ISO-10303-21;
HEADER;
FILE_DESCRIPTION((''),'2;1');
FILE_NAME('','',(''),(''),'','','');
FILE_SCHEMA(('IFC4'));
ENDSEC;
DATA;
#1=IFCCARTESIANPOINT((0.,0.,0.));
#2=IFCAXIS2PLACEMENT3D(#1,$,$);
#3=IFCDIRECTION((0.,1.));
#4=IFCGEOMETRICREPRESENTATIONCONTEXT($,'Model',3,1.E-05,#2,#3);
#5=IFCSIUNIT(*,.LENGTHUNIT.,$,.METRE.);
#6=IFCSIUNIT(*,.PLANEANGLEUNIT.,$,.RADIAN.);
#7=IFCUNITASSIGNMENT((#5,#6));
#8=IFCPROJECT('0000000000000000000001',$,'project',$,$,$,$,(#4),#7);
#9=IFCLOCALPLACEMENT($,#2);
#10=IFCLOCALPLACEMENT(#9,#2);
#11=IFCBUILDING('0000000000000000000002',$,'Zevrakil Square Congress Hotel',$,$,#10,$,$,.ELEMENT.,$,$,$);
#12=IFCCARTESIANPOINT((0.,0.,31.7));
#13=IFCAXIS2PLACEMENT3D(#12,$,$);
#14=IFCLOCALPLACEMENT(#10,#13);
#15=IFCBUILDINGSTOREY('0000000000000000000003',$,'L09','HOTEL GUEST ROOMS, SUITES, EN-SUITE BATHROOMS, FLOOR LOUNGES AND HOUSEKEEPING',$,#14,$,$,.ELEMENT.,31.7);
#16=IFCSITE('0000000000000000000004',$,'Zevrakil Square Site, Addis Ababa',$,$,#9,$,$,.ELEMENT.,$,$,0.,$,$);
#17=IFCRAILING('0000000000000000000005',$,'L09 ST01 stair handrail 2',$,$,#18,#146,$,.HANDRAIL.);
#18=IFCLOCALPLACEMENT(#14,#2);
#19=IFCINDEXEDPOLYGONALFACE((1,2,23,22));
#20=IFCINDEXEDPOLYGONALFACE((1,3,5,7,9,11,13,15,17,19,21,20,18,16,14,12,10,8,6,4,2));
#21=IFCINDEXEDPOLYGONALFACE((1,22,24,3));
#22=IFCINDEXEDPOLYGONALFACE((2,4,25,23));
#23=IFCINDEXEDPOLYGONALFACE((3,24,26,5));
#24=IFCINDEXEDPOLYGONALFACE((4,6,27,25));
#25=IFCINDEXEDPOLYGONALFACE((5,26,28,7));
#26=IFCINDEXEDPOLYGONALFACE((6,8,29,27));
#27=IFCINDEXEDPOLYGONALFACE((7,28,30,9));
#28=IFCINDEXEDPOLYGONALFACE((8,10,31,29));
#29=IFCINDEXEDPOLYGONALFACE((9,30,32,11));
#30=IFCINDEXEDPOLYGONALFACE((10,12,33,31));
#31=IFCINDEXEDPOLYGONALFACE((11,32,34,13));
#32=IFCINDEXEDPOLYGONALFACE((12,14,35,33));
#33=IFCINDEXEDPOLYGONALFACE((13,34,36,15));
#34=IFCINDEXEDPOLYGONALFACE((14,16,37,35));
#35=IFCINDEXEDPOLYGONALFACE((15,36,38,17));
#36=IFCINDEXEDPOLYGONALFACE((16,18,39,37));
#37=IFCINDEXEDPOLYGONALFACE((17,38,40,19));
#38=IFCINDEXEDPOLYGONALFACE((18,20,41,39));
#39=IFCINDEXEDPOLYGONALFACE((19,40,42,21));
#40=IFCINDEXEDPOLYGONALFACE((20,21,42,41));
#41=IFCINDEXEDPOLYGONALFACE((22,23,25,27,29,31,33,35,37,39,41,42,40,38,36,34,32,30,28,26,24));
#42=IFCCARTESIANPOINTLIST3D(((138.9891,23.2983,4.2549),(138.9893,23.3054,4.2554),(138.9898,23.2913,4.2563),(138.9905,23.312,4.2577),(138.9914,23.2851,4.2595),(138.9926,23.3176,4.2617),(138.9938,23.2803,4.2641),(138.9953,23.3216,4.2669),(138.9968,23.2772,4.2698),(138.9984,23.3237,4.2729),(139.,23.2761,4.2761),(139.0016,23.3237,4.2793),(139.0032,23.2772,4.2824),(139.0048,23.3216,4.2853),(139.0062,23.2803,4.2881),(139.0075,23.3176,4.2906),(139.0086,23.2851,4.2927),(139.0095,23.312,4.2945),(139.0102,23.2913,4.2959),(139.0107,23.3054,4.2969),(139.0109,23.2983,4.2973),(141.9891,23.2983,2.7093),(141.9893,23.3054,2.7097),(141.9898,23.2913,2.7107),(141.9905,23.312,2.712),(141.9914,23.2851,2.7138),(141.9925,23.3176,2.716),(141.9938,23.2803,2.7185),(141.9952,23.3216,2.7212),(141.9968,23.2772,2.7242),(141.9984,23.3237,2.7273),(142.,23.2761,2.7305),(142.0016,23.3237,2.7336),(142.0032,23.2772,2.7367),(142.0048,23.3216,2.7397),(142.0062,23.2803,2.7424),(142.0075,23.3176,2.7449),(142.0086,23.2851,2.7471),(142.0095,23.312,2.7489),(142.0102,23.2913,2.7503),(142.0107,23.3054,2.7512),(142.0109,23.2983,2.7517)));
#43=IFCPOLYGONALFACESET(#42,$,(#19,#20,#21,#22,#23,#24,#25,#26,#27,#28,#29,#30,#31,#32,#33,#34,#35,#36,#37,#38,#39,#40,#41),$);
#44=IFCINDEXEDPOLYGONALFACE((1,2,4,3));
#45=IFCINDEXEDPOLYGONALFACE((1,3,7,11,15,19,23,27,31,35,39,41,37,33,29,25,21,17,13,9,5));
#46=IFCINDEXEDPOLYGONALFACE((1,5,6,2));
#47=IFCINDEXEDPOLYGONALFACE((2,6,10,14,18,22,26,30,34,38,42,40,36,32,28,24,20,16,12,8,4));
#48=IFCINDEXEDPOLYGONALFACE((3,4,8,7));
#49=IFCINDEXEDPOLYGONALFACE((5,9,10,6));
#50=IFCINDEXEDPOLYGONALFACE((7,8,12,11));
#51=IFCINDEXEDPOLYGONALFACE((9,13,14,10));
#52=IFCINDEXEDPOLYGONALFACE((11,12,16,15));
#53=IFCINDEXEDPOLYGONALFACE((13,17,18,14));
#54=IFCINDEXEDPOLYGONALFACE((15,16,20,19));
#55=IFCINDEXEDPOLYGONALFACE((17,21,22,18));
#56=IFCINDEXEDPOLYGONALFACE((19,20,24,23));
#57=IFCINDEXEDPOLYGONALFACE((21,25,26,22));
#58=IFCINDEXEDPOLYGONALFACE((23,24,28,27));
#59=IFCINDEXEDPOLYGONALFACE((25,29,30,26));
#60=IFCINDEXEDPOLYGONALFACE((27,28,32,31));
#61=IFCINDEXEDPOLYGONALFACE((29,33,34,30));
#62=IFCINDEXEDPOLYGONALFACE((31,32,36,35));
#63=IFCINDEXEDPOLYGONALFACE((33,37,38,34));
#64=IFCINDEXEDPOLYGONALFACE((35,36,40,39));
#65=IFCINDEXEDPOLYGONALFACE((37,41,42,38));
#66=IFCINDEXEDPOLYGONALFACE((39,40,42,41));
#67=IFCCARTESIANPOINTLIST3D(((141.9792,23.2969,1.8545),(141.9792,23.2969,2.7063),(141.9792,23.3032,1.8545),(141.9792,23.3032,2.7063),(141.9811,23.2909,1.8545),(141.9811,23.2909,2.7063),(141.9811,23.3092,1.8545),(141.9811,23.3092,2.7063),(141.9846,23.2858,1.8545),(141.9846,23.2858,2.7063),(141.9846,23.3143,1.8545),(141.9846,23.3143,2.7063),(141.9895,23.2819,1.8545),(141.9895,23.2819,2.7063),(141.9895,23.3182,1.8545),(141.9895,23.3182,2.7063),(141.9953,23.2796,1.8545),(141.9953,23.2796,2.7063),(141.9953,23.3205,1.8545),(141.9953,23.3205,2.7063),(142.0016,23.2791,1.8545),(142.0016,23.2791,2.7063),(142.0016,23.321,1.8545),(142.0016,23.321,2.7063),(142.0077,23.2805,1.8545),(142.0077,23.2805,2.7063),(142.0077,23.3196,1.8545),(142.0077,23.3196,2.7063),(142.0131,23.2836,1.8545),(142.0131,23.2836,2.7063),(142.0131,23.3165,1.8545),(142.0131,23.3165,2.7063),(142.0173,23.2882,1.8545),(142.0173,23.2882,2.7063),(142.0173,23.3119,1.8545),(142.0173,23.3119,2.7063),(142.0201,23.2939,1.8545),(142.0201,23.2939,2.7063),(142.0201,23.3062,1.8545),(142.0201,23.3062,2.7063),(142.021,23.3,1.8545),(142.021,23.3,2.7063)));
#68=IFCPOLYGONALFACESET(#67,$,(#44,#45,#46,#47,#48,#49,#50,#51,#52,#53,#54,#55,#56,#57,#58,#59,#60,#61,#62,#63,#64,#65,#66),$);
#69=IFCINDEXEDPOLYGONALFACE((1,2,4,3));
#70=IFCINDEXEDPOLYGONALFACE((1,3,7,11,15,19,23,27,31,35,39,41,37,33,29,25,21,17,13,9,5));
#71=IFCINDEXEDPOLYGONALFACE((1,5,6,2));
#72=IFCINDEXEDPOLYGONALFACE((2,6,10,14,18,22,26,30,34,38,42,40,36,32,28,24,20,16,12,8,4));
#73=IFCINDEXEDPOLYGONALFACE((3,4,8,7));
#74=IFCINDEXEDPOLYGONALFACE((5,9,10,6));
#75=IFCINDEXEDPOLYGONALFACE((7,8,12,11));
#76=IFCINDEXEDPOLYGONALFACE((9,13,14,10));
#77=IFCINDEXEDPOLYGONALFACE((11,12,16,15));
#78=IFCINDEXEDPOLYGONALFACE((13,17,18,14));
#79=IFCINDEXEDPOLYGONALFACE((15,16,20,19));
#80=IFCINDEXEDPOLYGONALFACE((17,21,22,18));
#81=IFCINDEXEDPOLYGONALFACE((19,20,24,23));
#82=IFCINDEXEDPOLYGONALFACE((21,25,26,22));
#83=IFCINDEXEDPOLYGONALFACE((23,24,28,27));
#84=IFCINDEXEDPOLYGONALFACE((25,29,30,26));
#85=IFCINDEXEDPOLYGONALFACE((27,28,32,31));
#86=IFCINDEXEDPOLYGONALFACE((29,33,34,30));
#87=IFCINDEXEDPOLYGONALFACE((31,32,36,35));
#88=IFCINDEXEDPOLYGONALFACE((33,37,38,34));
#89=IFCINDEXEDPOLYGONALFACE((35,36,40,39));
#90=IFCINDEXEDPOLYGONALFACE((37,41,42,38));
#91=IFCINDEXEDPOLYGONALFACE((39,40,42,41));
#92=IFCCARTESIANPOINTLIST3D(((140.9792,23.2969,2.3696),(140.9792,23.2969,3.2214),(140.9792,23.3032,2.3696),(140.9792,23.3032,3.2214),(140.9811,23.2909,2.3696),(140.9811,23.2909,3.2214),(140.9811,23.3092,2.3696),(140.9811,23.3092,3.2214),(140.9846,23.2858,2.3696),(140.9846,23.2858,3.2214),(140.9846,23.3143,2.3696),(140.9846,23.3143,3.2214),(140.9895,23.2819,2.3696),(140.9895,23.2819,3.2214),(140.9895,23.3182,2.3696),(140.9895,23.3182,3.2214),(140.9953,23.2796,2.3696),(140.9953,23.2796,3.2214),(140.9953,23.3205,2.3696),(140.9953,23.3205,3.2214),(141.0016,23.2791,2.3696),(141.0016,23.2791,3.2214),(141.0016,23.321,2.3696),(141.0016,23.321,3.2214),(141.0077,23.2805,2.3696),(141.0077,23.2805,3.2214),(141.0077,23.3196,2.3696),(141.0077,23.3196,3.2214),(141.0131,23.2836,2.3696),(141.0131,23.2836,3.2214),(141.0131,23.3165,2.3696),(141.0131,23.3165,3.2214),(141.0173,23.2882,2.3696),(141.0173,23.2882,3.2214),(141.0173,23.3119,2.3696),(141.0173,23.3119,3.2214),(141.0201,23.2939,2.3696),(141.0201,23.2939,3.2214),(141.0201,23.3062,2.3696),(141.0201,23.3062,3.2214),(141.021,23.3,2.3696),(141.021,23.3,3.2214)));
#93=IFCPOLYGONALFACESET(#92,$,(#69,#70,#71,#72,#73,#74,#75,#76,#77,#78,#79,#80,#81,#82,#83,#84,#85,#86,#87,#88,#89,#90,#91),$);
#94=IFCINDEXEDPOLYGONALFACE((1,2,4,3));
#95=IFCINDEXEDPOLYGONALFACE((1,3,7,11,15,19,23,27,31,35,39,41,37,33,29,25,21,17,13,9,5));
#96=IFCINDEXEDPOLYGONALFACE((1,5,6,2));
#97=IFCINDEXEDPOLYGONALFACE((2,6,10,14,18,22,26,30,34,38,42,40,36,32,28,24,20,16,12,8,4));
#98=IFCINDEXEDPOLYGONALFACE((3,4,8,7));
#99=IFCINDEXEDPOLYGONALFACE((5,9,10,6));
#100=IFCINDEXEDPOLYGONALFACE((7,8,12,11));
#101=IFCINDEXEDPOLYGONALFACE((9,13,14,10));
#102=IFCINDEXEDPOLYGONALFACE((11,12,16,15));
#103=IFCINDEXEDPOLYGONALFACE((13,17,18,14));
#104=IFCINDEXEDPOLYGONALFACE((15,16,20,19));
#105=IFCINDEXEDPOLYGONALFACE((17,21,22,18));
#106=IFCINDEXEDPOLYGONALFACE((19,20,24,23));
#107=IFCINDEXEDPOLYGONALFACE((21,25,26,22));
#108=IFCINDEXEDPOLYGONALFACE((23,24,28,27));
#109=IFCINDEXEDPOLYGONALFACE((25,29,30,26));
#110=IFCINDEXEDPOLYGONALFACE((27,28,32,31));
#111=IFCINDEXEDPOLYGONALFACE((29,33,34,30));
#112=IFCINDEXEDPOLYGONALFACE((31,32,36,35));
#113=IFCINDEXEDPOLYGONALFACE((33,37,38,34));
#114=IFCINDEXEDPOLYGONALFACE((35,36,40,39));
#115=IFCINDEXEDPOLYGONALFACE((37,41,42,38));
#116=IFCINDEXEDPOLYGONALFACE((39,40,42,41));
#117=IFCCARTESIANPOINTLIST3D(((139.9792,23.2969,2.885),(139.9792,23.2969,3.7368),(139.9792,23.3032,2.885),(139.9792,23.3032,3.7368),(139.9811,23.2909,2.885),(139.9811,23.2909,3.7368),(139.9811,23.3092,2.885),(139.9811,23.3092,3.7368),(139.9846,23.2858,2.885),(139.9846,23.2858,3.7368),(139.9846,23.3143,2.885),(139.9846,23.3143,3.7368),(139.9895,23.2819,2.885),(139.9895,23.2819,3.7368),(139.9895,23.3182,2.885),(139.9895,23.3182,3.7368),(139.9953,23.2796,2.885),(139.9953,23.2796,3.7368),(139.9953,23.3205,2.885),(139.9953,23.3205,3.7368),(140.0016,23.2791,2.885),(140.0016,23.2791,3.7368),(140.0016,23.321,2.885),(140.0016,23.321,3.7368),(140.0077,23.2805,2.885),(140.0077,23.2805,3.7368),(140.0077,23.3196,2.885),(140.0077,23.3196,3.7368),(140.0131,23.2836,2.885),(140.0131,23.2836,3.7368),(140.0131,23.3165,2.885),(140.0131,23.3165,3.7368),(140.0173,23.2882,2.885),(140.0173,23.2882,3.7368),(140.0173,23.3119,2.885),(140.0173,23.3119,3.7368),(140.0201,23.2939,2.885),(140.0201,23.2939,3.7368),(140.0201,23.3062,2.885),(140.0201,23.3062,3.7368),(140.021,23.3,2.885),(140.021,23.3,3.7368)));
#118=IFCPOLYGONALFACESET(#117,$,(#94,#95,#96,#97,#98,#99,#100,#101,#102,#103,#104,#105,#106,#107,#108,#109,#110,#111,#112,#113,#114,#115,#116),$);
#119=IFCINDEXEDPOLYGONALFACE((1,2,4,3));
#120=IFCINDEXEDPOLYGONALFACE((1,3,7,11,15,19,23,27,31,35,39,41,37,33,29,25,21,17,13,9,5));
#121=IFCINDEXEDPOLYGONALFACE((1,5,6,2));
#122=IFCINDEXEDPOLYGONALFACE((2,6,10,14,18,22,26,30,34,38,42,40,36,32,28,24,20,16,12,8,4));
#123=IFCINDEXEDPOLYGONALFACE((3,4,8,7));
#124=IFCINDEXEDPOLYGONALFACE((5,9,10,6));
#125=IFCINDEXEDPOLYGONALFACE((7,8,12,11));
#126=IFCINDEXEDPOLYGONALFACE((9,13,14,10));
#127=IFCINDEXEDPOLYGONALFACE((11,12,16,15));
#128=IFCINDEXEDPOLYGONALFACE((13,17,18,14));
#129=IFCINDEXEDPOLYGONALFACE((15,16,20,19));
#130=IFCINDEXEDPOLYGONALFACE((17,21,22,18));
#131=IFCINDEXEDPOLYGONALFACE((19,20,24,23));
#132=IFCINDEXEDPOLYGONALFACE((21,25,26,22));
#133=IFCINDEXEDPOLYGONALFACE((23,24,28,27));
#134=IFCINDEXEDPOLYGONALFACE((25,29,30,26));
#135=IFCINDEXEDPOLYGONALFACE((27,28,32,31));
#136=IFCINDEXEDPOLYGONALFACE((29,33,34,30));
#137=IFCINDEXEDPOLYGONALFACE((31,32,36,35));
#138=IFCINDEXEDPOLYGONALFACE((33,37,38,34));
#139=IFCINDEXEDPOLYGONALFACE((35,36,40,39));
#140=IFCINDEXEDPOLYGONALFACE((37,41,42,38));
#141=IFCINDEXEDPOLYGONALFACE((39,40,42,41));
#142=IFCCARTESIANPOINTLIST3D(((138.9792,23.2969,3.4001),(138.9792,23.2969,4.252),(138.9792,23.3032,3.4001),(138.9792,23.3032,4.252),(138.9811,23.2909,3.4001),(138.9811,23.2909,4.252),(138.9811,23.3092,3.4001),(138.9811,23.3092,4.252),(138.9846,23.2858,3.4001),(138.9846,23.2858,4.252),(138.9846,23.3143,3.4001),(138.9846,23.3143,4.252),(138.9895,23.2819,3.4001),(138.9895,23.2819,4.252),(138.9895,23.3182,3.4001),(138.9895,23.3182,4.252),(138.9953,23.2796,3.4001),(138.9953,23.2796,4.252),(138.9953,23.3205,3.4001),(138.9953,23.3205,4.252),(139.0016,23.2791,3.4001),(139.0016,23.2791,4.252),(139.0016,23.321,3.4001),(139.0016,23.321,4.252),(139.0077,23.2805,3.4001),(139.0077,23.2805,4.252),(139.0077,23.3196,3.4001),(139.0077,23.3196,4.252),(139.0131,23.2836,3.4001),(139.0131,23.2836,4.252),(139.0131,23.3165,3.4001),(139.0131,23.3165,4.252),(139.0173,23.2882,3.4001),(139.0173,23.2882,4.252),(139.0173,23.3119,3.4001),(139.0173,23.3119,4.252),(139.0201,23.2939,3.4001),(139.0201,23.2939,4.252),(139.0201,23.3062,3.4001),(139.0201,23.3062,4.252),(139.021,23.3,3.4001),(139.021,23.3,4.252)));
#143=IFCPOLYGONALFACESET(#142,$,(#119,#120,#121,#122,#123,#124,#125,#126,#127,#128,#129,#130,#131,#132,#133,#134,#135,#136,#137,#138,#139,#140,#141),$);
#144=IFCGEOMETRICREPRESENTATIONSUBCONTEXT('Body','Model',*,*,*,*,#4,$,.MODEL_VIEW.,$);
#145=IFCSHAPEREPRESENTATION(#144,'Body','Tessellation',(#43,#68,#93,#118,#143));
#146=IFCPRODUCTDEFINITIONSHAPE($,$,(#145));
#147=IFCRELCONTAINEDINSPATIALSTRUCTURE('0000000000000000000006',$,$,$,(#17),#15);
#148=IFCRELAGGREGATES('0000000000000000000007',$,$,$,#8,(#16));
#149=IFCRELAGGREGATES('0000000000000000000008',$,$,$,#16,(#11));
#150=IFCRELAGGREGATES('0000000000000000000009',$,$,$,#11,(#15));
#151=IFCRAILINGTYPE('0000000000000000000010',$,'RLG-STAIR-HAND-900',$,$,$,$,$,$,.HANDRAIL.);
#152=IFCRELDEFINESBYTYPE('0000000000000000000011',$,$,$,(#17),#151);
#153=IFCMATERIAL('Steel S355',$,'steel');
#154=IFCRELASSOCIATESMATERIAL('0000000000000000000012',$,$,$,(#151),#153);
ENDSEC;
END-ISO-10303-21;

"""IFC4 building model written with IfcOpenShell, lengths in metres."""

from ifc_helpers import new_model, si_unit, direction, frame, origin, origin_2d, place, context, subcontext, project, spatial, circle, extrude, material, type_object, element, save


model = new_model("IFC4")

# Units and contexts
model_context = context("Model", 3, precision=1e-05, world=origin(), true_north=direction((0.0, 1.0)))
body_context = subcontext(model_context, "Body", "Model", "MODEL_VIEW")
ifc_project = project(units=[si_unit("LENGTHUNIT", "METRE"), si_unit("PLANEANGLEUNIT", "RADIAN")], contexts=[model_context])

# Site, building, storey
site_placement = place(None, origin())
site = spatial("IfcSite", under=ifc_project, at=site_placement, Name="Zevrakil Square Site, Addis Ababa", CompositionType="ELEMENT", RefElevation=0.0)
building_placement = place(site_placement, origin())
building = spatial("IfcBuilding", under=site, at=building_placement, Name="Zevrakil Square Congress Hotel", CompositionType="ELEMENT")
storey_placement = place(building_placement, frame((0.0, 0.0, 31.7)))
storey = spatial("IfcBuildingStorey", under=building, at=storey_placement, Name="L09", Description="HOTEL GUEST ROOMS, SUITES, EN-SUITE BATHROOMS, FLOOR LOUNGES AND HOUSEKEEPING", CompositionType="ELEMENT", Elevation=31.7)

# Railing
ifc_material_1 = material(Name="Steel S355", Category="steel")
railing_type_1 = type_object("IfcRailingType", Name="RLG-STAIR-HAND-900", PredefinedType="HANDRAIL", material=ifc_material_1)
railing_1_placement = place(storey_placement, frame((142.0, 23.3, 1.8545)))
element("IfcRailing", 1, at=railing_1_placement, inside=storey, type_object=railing_type_1, Name="L09 ST01 stair handrail 2", PredefinedType="HANDRAIL", context=body_context, shape_type="SweptSolid", body=[
    extrude(circle(Radius=0.0239, at=origin_2d()), frame((0.0, 0.0, 0.876), z_axis=(-0.88895, 0.0, 0.458003), x_axis=(0.0, -1.0, 0.0)), (0.0, 0.0, 1.0), 3.3748),
    extrude(circle(Radius=0.021, at=origin_2d()), origin(), (0.0, 0.0, 1.0), 0.8518),
    extrude(circle(Radius=0.021, at=origin_2d()), frame((-1.0, 0.0, 0.5151)), (0.0, 0.0, 1.0), 0.8518),
    extrude(circle(Radius=0.021, at=origin_2d()), frame((-2.0, 0.0, 1.0305)), (0.0, 0.0, 1.0), 0.8518),
    extrude(circle(Radius=0.021, at=origin_2d()), frame((-3.0, 0.0, 1.5457)), (0.0, 0.0, 1.0), 0.8518),
])

save(model, "model.ifc")
